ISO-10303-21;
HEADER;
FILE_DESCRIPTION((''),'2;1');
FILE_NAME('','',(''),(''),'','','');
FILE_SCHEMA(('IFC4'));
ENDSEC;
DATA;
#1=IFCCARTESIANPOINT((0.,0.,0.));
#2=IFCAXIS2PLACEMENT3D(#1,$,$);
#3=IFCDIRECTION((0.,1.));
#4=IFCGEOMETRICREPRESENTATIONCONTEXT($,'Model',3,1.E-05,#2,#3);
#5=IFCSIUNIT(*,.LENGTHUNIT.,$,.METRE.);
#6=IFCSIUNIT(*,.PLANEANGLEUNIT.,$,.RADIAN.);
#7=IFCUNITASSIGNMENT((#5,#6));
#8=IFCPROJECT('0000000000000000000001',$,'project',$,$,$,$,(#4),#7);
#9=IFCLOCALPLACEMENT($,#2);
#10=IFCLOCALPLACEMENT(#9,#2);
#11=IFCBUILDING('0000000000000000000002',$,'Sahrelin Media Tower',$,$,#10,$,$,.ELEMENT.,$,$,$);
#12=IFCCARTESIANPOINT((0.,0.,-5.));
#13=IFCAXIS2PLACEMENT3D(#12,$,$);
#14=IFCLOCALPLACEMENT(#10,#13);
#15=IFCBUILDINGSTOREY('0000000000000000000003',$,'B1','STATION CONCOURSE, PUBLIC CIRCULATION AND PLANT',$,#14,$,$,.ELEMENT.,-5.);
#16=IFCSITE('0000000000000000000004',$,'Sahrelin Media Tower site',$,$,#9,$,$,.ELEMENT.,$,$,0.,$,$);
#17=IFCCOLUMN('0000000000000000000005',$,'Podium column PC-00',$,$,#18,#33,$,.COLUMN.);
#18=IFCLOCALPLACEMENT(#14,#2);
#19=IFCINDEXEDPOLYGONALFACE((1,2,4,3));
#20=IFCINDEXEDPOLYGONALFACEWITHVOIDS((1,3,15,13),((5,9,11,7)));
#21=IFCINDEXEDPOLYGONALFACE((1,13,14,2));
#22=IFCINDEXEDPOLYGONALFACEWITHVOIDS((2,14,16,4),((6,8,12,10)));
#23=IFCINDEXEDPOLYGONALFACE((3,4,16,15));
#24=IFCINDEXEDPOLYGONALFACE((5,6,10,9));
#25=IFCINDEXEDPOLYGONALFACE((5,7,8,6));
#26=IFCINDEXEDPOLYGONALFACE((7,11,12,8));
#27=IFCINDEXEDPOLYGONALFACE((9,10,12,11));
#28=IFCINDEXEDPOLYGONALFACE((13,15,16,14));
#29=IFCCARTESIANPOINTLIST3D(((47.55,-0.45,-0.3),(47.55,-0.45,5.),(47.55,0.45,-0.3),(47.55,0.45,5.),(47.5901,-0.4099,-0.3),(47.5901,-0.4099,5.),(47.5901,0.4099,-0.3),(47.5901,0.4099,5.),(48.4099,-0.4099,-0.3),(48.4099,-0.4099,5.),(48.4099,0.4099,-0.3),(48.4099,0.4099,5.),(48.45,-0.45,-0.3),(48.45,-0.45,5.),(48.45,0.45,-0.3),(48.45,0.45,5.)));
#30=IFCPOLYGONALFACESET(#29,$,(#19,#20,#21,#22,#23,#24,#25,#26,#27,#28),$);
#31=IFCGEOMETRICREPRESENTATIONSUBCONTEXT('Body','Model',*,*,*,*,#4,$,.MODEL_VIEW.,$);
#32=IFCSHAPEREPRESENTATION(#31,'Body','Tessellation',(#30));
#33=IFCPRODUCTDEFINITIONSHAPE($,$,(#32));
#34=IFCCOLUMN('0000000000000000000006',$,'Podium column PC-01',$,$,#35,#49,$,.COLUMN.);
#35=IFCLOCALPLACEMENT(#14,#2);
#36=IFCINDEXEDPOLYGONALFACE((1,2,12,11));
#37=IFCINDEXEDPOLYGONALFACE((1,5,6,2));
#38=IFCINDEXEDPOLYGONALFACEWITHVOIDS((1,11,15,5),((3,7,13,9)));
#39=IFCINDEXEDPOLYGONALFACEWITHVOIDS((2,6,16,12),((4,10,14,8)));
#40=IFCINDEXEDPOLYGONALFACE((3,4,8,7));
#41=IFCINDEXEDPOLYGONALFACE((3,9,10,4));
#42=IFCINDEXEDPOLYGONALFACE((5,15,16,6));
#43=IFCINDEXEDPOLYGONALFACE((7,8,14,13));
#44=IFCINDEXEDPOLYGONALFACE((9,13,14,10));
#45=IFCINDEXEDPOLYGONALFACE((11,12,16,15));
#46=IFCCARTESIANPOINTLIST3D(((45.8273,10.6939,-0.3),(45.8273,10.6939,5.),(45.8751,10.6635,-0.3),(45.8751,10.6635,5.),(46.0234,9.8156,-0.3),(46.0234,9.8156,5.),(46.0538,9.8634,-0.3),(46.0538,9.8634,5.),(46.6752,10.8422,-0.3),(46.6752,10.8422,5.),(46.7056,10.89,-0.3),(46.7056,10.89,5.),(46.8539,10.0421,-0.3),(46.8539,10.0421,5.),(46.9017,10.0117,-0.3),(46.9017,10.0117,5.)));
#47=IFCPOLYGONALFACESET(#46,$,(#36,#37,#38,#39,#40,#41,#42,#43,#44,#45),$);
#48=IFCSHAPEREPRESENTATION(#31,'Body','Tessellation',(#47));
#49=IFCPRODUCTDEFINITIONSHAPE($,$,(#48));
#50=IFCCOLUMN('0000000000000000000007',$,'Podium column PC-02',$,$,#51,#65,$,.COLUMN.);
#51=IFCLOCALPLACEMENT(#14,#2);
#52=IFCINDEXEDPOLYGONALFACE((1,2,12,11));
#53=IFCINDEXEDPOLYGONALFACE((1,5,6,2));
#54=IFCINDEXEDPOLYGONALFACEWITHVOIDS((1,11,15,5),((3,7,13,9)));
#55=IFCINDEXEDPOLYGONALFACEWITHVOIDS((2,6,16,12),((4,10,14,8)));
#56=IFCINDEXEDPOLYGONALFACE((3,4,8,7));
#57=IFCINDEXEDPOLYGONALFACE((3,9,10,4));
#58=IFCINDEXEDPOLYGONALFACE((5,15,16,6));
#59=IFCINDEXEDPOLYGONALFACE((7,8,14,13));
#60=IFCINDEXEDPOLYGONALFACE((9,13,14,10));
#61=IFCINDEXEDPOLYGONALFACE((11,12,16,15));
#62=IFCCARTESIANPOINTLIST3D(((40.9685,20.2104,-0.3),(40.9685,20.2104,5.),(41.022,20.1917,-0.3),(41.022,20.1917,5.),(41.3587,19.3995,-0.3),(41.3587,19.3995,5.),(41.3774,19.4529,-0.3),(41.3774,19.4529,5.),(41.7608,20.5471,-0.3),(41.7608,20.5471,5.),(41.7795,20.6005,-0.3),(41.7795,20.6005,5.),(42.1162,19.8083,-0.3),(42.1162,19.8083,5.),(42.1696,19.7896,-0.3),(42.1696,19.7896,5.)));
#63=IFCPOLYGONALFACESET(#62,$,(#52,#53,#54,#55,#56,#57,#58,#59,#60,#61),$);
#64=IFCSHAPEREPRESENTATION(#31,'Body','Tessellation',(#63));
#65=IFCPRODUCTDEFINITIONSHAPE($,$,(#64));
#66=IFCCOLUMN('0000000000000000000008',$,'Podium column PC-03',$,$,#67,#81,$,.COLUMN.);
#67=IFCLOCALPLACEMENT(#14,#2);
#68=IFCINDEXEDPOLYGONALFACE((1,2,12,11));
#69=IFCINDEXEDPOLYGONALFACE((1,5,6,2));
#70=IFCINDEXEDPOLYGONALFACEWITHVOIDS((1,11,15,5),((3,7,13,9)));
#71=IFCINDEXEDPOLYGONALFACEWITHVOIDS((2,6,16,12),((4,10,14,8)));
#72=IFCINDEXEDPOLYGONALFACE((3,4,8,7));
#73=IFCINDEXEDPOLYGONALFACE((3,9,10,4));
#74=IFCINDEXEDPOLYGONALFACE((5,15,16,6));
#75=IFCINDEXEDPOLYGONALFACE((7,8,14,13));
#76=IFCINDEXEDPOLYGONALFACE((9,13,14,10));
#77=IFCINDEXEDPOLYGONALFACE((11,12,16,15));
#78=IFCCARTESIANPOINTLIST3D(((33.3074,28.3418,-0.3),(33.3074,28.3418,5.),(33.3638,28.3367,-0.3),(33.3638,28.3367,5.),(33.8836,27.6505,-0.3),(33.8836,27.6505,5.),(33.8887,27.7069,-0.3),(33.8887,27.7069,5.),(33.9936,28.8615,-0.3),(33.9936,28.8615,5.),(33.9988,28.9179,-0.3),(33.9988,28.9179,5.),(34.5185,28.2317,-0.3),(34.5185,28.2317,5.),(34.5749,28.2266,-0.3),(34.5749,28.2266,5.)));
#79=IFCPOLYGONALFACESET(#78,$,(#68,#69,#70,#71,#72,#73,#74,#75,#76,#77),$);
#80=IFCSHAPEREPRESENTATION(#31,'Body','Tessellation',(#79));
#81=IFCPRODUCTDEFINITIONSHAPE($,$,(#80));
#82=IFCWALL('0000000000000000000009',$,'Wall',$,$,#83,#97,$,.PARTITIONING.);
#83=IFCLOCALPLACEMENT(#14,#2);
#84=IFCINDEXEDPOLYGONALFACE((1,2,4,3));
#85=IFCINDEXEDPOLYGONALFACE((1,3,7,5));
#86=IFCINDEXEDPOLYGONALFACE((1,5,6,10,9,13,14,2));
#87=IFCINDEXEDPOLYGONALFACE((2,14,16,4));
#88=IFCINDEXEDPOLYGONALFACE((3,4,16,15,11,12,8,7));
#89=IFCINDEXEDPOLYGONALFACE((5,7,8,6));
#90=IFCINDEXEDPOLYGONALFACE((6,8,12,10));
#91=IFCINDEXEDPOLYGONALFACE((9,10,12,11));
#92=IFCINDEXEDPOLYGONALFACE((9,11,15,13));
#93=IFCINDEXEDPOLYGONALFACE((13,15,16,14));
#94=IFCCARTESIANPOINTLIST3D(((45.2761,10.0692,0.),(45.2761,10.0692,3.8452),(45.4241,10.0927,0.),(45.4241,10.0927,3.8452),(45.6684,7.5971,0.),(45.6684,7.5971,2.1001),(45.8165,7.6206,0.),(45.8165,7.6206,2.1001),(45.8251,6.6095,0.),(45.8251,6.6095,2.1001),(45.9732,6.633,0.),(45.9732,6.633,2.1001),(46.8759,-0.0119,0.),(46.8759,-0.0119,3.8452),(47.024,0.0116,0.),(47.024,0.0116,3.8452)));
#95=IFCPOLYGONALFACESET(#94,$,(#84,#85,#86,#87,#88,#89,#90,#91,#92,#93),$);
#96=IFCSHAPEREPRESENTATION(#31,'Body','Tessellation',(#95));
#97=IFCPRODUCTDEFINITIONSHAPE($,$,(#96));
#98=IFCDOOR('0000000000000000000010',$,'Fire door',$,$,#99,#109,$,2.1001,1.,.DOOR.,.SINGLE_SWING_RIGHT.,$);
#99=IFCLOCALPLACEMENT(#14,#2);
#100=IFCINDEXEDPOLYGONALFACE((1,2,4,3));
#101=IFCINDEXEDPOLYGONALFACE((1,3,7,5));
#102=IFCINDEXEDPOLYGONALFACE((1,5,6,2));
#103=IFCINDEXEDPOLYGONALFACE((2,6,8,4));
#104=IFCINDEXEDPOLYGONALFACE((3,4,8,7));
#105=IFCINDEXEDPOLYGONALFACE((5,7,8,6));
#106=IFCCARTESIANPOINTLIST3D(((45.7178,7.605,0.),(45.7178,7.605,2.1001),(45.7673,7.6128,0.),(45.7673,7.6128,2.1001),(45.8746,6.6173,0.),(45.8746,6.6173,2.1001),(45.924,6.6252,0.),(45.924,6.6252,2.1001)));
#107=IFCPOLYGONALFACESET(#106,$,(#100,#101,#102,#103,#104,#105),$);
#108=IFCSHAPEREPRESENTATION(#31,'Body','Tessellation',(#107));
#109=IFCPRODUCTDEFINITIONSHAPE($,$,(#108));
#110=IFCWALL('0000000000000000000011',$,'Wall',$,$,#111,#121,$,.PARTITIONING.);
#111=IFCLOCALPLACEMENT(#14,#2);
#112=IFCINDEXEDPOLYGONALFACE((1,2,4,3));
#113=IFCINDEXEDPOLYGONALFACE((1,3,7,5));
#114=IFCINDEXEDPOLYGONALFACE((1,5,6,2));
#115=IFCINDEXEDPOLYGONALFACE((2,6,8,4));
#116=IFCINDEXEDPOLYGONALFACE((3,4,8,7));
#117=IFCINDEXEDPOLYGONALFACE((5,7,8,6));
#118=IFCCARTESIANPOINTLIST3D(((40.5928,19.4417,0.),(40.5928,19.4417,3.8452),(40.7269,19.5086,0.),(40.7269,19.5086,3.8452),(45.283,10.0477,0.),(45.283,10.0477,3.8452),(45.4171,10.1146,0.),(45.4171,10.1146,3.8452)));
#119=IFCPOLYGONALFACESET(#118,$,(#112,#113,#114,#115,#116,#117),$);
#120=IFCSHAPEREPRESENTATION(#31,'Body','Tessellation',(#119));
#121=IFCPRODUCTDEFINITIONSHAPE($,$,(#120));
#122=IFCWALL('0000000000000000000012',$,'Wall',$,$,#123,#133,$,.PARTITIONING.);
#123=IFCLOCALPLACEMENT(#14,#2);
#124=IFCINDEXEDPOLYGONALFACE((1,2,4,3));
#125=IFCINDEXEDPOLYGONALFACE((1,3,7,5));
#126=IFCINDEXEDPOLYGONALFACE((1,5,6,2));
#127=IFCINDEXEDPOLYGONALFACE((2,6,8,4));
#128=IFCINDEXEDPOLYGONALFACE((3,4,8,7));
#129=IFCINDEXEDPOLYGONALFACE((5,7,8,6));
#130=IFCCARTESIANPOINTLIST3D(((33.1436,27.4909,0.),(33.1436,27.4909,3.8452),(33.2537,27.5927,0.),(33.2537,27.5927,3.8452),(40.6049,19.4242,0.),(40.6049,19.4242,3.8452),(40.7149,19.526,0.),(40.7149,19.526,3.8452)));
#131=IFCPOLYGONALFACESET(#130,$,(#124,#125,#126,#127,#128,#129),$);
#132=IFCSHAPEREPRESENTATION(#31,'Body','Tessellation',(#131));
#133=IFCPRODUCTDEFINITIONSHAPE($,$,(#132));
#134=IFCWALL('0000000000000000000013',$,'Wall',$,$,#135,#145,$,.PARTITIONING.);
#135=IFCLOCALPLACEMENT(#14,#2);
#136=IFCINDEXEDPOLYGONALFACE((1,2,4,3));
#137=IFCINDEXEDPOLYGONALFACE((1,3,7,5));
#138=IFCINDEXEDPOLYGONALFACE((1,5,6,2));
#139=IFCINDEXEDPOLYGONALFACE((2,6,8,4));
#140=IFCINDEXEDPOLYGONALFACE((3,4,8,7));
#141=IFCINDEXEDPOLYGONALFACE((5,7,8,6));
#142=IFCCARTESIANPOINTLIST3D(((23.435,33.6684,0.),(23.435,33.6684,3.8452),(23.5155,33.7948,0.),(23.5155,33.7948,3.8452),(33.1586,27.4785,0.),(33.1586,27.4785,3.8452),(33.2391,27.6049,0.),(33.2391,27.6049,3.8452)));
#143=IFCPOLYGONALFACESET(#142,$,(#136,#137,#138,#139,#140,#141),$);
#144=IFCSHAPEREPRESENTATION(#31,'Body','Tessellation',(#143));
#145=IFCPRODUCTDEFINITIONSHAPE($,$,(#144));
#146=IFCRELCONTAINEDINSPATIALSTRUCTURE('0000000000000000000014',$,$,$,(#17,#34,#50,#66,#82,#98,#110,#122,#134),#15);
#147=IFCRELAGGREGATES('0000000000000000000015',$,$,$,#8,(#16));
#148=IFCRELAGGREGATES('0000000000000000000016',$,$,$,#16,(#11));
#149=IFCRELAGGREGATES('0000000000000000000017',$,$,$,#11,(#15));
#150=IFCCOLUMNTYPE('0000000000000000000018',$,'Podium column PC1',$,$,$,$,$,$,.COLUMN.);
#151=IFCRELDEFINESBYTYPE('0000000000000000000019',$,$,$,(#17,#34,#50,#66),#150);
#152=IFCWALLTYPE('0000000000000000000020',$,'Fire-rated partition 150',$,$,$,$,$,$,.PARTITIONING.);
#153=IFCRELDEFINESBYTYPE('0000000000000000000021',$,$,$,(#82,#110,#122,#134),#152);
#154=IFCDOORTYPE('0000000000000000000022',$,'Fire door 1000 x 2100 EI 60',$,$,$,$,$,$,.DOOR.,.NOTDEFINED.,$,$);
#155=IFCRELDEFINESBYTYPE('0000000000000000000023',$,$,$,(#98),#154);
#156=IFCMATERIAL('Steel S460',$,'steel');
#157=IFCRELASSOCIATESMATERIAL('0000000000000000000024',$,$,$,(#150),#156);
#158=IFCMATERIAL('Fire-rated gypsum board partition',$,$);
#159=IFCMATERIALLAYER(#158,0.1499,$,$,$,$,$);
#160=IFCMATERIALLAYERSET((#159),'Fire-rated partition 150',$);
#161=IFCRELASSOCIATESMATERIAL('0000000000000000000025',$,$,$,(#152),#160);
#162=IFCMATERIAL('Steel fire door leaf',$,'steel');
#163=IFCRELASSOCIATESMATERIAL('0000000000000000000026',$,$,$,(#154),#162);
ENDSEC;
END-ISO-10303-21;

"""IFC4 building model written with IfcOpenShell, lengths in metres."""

from ifc_helpers import new_model, si_unit, direction, frame, frame_2d, origin, origin_2d, place, context, subcontext, project, spatial, rectangle, hollow_rectangle, extrude, material, layer, layer_set, material_profile, profile_set, type_object, element, fill, save


model = new_model("IFC4")

# Units and contexts
model_context = context("Model", 3, precision=1e-05, world=origin(), true_north=direction((0.0, 1.0)))
body_context = subcontext(model_context, "Body", "Model", "MODEL_VIEW")
ifc_project = project(units=[si_unit("LENGTHUNIT", "METRE"), si_unit("PLANEANGLEUNIT", "RADIAN")], contexts=[model_context])

# Site, building, storey
site_placement = place(None, origin())
site = spatial("IfcSite", under=ifc_project, at=site_placement, Name="Sahrelin Media Tower site", CompositionType="ELEMENT", RefElevation=0.0)
building_placement = place(site_placement, origin())
building = spatial("IfcBuilding", under=site, at=building_placement, Name="Sahrelin Media Tower", CompositionType="ELEMENT")
storey_placement = place(building_placement, frame((0.0, 0.0, -5.0)))
storey = spatial("IfcBuildingStorey", under=building, at=storey_placement, Name="B1", Description="STATION CONCOURSE, PUBLIC CIRCULATION AND PLANT", CompositionType="ELEMENT", Elevation=-5.0)

# Columns
ifc_material_1 = material(Name="Steel S460", Category="steel")
ifc_material_profile_1 = material_profile(ifc_material_1, hollow_rectangle(XDim=0.8999, YDim=0.8999, WallThickness=0.04, at=origin_2d()), Name="Podium column PC1")
ifc_profile_set_1 = profile_set([ifc_material_profile_1], Name="Steel S460")
column_type_1 = type_object("IfcColumnType", Name="Podium column PC1", PredefinedType="COLUMN", material=ifc_profile_set_1)
for number, where, z_axis, x_axis, name in (
    (1, (48.0, 0.0, -0.3), (0.0, 0.0, 1.0), (1.0, 0.0, 0.0), "Podium column PC-00"),
    (2, (46.3645, 10.3528, -0.3), (0.0, 0.0, 1.0), (0.975965, 0.217925, 0.0), "Podium column PC-01"),
    (3, (41.5691, 20.0, -0.3), (0.0, 0.0, 1.0), (0.901127, 0.433555, 0.0), "Podium column PC-02"),
    (4, (33.9412, 28.2842, -0.3), (0.0, 0.0, 1.0), (0.768221, 0.640185, 0.0), "Podium column PC-03"),
):
    element("IfcColumn", number, at=place(storey_placement, frame(where, z_axis=z_axis, x_axis=x_axis)), inside=storey, type_object=column_type_1, Name=name, PredefinedType="COLUMN", context=body_context, shape_type="SweptSolid", body=[
        extrude(hollow_rectangle(XDim=0.8999, YDim=0.8999, WallThickness=0.04, at=origin_2d()), origin(), (0.0, 0.0, 1.0), 5.3),
    ])

# Wall, opening, door
ifc_material_2 = material(Name="Fire-rated gypsum board partition")
ifc_layer = layer(ifc_material_2, 0.1499)
ifc_layer_set = layer_set([ifc_layer], Name="Fire-rated partition 150")
wall_type = type_object("IfcWallType", Name="Fire-rated partition 150", PredefinedType="PARTITIONING", material=ifc_layer_set)
wall_1_placement = place(storey_placement, frame((46.95, 0.0, 0.0), z_axis=(0.0, 0.0, 1.0), x_axis=(-0.156738, 0.98764, 0.0)))
wall_1 = element("IfcWall", 5, at=wall_1_placement, inside=storey, type_object=wall_type, Name="Wall", PredefinedType="PARTITIONING", context=body_context, shape_type="SweptSolid", body=[
    extrude(rectangle(XDim=10.2073, YDim=0.1499, at=frame_2d((5.1035, 0.0))), origin(), (0.0, 0.0, 1.0), 3.8452),
])
opening_placement = place(wall_1_placement, frame((6.7041, 0.0, 0.0)))
opening = element("IfcOpeningElement", 6, at=opening_placement, cuts=wall_1, PredefinedType="OPENING", context=body_context, shape_type="SweptSolid", body=[
    extrude(rectangle(XDim=1.0, YDim=2.1001, at=frame_2d((0.5, 1.05))), frame((0.0, 0.075, 0.0), z_axis=(0.0, -1.0, 0.0), x_axis=(1.0, 0.0, 0.0)), (0.0, 0.0, 1.0), 0.1499),
])
ifc_material_3 = material(Name="Steel fire door leaf", Category="steel")
door_type = type_object("IfcDoorType", Name="Fire door 1000 x 2100 EI 60", OperationType="NOTDEFINED", PredefinedType="DOOR", material=ifc_material_3)
door_placement = place(opening_placement, origin())
door = element("IfcDoor", 7, at=door_placement, inside=storey, type_object=door_type, Name="Fire door", OperationType="SINGLE_SWING_RIGHT", OverallHeight=2.1001, OverallWidth=1.0, PredefinedType="DOOR", context=body_context, shape_type="SweptSolid", body=[
    extrude(rectangle(XDim=1.0, YDim=2.1001, at=frame_2d((0.5, 1.05))), frame((0.0, 0.0249, 0.0), z_axis=(0.0, -1.0, 0.0), x_axis=(1.0, 0.0, 0.0)), (0.0, 0.0, 1.0), 0.05),
])
fill(opening, door)

# Walls
wall_2_placement = place(storey_placement, frame((45.3501, 10.0811, 0.0), z_axis=(0.0, 0.0, 1.0), x_axis=(-0.446693, 0.894687, 0.0)))
element("IfcWall", 8, at=wall_2_placement, inside=storey, type_object=wall_type, Name="Wall", PredefinedType="PARTITIONING", context=body_context, shape_type="SweptSolid", body=[
    extrude(rectangle(XDim=10.4998, YDim=0.1499, at=frame_2d((5.25, 0.0))), origin(), (0.0, 0.0, 1.0), 3.8452),
])
wall_3_placement = place(storey_placement, frame((40.6599, 19.4751, 0.0), z_axis=(0.0, 0.0, 1.0), x_axis=(-0.679019, 0.734121, 0.0)))
element("IfcWall", 9, at=wall_3_placement, inside=storey, type_object=wall_type, Name="Wall", PredefinedType="PARTITIONING", context=body_context, shape_type="SweptSolid", body=[
    extrude(rectangle(XDim=10.9883, YDim=0.1499, at=frame_2d((5.4941, 0.0))), origin(), (0.0, 0.0, 1.0), 3.8452),
])
wall_4_placement = place(storey_placement, frame((33.1987, 27.5417, 0.0), z_axis=(0.0, 0.0, 1.0), x_axis=(-0.843576, 0.53701, 0.0)))
element("IfcWall", 10, at=wall_4_placement, inside=storey, type_object=wall_type, Name="Wall", PredefinedType="PARTITIONING", context=body_context, shape_type="SweptSolid", body=[
    extrude(rectangle(XDim=11.5266, YDim=0.1499, at=frame_2d((5.7632, 0.0))), origin(), (0.0, 0.0, 1.0), 3.8452),
])

save(model, "model.ifc")
